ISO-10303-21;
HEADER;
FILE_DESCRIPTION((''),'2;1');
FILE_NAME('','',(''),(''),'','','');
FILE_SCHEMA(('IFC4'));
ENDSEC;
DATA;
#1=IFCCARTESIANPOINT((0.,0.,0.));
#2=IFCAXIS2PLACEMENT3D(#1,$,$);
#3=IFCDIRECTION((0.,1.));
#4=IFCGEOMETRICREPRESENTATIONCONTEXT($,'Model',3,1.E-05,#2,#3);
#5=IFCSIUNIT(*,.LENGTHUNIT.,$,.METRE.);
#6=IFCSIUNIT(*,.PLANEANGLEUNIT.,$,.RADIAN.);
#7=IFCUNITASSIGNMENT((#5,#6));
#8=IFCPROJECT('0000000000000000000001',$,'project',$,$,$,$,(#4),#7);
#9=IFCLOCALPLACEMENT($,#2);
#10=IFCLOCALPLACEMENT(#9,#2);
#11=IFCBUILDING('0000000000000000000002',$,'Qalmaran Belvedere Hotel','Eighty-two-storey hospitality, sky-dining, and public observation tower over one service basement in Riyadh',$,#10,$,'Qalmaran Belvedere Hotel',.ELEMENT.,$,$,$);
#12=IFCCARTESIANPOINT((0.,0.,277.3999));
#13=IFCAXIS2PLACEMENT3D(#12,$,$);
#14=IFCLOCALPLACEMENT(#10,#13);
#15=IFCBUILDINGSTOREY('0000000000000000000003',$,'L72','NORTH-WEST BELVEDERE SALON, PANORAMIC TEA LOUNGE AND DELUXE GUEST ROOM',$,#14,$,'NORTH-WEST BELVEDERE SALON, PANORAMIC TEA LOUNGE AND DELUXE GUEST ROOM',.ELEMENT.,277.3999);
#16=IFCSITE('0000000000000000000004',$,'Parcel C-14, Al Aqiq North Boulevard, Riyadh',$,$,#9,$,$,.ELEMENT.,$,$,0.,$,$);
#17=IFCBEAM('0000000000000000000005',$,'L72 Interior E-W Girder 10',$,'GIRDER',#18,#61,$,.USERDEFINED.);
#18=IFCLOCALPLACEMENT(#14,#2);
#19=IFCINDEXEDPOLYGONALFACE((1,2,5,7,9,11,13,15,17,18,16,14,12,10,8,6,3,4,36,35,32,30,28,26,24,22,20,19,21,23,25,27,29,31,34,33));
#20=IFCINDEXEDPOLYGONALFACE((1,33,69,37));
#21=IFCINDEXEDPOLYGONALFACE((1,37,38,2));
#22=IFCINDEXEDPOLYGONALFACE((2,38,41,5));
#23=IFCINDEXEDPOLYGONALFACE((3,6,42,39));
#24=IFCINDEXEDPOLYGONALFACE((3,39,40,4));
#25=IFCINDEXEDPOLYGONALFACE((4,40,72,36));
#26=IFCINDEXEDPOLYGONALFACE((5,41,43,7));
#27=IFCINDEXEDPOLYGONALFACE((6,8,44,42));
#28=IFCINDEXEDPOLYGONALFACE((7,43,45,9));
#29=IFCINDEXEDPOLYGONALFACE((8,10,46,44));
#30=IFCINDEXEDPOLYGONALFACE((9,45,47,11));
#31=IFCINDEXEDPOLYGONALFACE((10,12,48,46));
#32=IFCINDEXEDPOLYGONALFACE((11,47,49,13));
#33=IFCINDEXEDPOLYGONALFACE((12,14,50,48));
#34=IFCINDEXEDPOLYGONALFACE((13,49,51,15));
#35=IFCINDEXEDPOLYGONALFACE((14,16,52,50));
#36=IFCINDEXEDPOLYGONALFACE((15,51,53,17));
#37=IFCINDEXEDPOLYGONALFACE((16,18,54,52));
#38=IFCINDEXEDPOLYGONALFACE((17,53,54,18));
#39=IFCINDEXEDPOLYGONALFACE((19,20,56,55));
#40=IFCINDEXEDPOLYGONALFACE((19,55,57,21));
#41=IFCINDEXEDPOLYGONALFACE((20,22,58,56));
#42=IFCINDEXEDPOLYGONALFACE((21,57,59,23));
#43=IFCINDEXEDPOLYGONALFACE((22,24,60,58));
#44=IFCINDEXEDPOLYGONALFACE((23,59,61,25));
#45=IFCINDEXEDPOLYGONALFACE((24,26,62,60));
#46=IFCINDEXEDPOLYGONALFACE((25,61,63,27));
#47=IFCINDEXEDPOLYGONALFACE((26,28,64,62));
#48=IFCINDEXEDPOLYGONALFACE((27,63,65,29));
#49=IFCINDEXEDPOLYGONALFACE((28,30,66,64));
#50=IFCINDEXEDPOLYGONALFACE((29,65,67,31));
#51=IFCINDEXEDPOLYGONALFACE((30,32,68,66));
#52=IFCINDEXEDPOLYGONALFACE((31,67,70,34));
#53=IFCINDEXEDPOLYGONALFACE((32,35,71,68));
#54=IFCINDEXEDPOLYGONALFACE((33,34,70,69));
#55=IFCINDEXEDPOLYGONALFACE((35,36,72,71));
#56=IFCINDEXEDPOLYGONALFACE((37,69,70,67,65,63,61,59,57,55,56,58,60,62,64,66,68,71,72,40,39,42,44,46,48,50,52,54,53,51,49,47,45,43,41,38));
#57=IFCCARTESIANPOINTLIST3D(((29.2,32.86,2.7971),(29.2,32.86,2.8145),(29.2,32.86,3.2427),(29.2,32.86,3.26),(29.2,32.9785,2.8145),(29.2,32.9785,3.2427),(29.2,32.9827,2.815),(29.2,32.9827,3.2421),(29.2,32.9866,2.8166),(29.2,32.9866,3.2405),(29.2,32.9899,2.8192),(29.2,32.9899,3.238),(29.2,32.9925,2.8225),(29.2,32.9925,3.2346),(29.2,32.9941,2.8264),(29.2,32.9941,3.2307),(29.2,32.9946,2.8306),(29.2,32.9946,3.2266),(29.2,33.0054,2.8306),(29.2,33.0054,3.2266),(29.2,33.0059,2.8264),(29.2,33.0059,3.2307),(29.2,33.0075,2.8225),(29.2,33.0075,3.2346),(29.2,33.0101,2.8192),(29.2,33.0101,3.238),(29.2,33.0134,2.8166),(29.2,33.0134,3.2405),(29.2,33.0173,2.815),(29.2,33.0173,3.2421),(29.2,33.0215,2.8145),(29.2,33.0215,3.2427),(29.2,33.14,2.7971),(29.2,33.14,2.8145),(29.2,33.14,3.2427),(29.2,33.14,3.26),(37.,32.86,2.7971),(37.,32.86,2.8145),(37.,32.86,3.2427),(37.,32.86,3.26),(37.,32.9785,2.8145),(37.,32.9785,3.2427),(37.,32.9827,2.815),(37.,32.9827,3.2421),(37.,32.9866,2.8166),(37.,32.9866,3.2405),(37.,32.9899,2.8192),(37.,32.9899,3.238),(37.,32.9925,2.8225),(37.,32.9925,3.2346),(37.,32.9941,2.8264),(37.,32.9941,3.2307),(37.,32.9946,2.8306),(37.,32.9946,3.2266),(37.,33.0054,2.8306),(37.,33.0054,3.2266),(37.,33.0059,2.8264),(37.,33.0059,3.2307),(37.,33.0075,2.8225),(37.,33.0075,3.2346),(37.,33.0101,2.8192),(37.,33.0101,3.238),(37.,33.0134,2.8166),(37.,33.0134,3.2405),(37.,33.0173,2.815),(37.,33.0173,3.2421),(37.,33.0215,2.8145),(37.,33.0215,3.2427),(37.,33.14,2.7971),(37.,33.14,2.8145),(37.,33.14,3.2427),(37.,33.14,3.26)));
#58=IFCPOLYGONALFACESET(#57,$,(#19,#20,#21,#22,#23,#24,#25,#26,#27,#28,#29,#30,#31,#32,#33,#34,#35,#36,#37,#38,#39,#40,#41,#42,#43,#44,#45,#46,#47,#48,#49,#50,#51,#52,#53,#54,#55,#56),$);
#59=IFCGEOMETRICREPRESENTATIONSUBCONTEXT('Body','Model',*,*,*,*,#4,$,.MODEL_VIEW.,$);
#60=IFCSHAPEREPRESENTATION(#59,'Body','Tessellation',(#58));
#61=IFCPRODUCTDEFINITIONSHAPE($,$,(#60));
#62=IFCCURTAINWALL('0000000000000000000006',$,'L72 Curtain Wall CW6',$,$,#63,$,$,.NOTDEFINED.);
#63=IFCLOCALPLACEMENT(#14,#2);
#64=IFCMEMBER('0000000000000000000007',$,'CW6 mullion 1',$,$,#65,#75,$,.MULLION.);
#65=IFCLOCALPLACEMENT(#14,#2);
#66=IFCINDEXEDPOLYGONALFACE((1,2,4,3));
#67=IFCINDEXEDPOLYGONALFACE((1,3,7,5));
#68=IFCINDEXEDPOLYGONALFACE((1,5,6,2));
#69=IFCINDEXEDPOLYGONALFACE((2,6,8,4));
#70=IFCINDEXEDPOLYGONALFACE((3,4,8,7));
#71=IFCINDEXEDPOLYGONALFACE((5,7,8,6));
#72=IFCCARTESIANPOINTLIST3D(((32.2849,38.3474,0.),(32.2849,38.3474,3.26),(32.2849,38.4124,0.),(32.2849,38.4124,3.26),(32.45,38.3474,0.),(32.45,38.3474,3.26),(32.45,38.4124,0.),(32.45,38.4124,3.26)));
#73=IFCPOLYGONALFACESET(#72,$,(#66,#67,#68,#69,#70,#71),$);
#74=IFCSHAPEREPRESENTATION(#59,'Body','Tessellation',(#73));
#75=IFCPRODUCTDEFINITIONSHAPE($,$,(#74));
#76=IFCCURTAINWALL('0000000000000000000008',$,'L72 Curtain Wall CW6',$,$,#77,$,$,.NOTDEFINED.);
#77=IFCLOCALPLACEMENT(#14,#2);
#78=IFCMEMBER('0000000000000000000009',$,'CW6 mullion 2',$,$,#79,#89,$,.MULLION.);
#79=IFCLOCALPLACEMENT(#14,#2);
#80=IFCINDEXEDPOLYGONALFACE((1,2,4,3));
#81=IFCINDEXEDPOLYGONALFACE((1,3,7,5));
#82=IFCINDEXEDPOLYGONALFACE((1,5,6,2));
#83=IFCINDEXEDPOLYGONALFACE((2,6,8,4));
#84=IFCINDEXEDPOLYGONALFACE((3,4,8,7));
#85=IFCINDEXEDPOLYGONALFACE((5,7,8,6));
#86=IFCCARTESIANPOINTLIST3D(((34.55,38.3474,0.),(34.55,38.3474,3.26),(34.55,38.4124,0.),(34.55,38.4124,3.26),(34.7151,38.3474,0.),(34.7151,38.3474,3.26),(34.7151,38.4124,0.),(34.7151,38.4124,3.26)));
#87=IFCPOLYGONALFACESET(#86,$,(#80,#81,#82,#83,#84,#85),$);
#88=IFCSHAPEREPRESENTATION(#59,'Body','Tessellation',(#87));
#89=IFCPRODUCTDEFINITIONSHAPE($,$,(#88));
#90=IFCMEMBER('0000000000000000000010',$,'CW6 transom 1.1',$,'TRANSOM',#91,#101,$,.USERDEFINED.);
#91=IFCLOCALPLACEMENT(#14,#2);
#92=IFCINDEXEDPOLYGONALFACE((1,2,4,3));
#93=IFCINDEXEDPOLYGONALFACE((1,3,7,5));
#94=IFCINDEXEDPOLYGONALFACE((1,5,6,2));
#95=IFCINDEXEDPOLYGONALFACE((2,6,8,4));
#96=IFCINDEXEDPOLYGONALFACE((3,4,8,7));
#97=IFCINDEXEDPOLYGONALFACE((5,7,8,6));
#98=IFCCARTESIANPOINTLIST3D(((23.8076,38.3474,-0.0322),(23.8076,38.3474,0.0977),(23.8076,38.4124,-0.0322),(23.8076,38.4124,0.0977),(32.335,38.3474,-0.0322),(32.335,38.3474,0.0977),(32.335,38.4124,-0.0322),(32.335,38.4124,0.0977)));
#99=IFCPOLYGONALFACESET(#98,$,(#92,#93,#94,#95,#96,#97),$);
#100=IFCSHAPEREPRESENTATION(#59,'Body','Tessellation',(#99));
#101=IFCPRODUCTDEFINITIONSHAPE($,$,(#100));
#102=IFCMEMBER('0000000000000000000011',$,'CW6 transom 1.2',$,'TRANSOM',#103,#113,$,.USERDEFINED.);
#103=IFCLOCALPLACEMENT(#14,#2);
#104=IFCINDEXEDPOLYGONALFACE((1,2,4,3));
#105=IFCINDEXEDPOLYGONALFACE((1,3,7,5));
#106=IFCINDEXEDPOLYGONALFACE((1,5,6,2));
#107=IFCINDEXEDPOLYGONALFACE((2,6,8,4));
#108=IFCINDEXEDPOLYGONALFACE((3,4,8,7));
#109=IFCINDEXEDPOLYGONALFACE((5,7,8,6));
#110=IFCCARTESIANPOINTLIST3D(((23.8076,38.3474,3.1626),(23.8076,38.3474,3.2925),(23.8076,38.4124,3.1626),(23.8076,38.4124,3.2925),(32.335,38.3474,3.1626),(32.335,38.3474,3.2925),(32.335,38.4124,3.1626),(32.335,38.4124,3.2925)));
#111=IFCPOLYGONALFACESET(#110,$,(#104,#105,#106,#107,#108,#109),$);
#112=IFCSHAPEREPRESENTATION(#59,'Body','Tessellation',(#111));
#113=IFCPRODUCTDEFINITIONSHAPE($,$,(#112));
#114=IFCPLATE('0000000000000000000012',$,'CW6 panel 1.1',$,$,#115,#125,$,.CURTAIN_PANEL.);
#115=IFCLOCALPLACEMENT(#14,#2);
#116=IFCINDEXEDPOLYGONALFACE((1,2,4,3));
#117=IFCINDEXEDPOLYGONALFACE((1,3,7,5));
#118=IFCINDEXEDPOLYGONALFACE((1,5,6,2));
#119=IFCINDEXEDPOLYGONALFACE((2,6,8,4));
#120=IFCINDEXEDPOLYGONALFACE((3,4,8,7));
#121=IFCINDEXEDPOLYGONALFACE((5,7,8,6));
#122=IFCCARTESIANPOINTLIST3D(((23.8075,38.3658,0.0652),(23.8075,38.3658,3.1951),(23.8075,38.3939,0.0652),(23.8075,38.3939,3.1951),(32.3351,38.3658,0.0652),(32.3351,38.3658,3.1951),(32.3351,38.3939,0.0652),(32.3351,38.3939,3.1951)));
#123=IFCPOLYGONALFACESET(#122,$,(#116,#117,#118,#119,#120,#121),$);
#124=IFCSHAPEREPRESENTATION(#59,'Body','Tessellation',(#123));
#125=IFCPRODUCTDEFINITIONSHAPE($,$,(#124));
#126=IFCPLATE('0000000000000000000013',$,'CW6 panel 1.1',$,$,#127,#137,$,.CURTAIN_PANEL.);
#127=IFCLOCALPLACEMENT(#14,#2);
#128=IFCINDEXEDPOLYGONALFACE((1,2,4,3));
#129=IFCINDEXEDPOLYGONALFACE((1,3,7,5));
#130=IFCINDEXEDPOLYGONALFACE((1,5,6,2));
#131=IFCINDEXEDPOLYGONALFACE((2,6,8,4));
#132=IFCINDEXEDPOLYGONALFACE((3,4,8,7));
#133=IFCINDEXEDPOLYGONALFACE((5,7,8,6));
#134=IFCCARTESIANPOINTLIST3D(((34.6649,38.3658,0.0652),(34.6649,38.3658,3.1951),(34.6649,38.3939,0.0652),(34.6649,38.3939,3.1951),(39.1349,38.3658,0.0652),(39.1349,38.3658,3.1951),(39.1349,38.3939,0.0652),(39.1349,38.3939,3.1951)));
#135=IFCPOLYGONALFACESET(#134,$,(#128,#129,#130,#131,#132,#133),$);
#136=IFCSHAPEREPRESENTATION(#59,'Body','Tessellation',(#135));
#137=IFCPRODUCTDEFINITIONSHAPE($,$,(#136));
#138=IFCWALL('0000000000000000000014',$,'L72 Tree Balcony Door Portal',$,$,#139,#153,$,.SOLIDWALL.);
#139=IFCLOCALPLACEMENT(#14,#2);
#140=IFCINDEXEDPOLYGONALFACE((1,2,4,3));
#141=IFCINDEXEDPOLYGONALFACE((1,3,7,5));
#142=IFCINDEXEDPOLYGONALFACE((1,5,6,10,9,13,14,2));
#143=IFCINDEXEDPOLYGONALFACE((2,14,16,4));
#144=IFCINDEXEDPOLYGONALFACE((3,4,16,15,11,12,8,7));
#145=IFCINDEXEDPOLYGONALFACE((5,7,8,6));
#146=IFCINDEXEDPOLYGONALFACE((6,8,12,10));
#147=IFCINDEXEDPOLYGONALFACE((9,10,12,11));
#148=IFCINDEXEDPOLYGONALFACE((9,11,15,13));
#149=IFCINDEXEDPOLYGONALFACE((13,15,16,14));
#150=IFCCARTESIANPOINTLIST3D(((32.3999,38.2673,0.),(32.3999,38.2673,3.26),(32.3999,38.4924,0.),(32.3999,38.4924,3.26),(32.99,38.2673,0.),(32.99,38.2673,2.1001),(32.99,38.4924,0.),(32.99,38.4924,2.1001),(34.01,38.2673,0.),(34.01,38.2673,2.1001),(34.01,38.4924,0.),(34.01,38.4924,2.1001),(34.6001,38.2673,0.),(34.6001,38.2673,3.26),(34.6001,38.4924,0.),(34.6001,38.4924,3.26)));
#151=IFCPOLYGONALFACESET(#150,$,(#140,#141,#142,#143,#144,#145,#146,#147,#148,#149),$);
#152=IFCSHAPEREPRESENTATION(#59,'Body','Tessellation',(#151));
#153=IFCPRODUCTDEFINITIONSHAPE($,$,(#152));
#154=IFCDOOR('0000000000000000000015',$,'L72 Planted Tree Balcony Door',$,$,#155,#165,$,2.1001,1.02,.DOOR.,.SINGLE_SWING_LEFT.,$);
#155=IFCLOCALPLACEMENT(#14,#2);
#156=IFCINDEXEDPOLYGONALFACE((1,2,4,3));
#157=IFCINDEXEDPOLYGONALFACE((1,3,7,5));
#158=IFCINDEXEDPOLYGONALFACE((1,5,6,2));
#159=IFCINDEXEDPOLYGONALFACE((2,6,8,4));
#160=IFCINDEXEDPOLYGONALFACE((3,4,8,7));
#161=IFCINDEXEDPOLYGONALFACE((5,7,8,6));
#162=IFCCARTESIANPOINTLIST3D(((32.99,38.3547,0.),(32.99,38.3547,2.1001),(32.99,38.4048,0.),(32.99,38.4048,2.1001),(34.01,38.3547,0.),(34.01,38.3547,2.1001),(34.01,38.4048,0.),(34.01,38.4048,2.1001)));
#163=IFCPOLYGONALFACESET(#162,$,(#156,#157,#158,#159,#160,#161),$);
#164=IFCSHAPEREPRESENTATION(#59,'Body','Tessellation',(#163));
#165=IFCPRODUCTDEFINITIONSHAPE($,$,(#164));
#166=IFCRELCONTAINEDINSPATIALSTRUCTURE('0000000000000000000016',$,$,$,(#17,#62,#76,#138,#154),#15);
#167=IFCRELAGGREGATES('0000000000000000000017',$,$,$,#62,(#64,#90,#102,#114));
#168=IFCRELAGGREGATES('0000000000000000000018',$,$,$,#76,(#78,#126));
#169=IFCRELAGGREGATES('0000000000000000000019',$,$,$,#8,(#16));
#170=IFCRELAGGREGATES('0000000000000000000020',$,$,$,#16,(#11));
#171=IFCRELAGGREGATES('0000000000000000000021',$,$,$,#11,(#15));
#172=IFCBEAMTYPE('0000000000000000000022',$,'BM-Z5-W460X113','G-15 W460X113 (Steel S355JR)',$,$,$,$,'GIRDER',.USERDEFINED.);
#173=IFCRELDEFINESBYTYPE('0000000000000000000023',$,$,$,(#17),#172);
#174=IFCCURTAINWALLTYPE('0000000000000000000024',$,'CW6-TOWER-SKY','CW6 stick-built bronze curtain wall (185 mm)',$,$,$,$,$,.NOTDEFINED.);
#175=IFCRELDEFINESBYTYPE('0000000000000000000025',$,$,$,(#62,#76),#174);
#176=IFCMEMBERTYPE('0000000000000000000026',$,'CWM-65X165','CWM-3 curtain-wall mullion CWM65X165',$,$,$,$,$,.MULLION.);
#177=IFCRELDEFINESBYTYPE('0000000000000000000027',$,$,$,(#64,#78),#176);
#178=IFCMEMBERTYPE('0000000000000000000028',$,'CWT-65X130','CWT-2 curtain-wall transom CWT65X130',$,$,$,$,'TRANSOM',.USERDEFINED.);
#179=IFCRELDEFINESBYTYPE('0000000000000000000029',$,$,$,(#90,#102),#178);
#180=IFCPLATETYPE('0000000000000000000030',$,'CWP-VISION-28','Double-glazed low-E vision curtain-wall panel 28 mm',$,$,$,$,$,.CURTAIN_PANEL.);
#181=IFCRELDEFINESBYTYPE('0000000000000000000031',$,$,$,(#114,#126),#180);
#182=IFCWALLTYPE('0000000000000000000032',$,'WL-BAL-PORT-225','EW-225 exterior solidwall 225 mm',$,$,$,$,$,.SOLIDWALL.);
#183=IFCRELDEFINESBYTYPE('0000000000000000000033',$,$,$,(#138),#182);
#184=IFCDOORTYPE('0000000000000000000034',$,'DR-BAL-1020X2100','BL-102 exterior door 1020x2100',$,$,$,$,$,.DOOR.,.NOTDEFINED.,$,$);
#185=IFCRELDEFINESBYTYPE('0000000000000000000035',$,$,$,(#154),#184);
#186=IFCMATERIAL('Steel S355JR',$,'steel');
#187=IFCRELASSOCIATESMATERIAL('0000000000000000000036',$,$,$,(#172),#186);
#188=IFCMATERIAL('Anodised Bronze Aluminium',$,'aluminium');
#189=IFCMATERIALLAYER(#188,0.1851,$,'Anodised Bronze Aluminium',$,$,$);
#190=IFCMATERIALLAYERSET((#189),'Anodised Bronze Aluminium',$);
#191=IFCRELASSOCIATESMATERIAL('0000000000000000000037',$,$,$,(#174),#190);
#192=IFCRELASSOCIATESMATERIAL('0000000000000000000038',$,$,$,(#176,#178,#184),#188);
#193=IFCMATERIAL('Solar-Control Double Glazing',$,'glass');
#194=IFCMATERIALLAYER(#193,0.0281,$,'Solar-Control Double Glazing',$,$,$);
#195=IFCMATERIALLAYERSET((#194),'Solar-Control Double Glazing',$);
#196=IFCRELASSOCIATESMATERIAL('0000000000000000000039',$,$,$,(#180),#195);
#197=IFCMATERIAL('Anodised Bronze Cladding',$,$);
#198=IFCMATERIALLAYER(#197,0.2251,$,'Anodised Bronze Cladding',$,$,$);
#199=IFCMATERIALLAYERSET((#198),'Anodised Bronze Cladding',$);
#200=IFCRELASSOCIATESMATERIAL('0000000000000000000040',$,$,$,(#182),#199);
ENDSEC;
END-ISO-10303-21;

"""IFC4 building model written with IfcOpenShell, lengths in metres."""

from ifc_helpers import new_model, si_unit, direction, frame, frame_2d, origin, origin_2d, place, context, subcontext, project, spatial, rectangle, i_section, extrude, material, layer, layer_set, material_profile, profile_set, type_object, element, fill, aggregate, save


model = new_model("IFC4")

# Units and contexts
model_context = context("Model", 3, precision=1e-05, world=origin(), true_north=direction((0.0, 1.0)))
body_context = subcontext(model_context, "Body", "Model", "MODEL_VIEW")
ifc_project = project(units=[si_unit("LENGTHUNIT", "METRE"), si_unit("PLANEANGLEUNIT", "RADIAN")], contexts=[model_context])

# Site, building, storey
site_placement = place(None, origin())
site = spatial("IfcSite", under=ifc_project, at=site_placement, Name="Parcel C-14, Al Aqiq North Boulevard, Riyadh", CompositionType="ELEMENT", RefElevation=0.0)
building_placement = place(site_placement, origin())
building = spatial("IfcBuilding", under=site, at=building_placement, Name="Qalmaran Belvedere Hotel", Description="Eighty-two-storey hospitality, sky-dining, and public observation tower over one service basement in Riyadh", LongName="Qalmaran Belvedere Hotel", CompositionType="ELEMENT")
storey_placement = place(building_placement, frame((0.0, 0.0, 277.3999)))
storey = spatial("IfcBuildingStorey", under=building, at=storey_placement, Name="L72", Description="NORTH-WEST BELVEDERE SALON, PANORAMIC TEA LOUNGE AND DELUXE GUEST ROOM", LongName="NORTH-WEST BELVEDERE SALON, PANORAMIC TEA LOUNGE AND DELUXE GUEST ROOM", CompositionType="ELEMENT", Elevation=277.3999)

# Beam
ifc_material_1 = material(Name="Steel S355JR", Category="steel")
ifc_material_profile_1 = material_profile(ifc_material_1, i_section(OverallWidth=0.28, OverallDepth=0.4629, WebThickness=0.0107, FlangeThickness=0.0173, FilletRadius=0.0161, at=origin_2d()), Name="W460X113")
ifc_profile_set_1 = profile_set([ifc_material_profile_1], Name="Steel S355JR")
beam_type_1 = type_object("IfcBeamType", Name="BM-Z5-W460X113", Description="G-15 W460X113 (Steel S355JR)", ElementType="GIRDER", PredefinedType="USERDEFINED", material=ifc_profile_set_1)
for number, where, z_axis, x_axis, name in (
    (1, (29.2, 33.0, 3.0286), (1.0, 0.0, 0.0), (0.0, 1.0, 0.0), "L72 Interior E-W Girder 10"),
):
    element("IfcBeam", number, at=place(storey_placement, frame(where, z_axis=z_axis, x_axis=x_axis)), inside=storey, type_object=beam_type_1, Name=name, ObjectType="GIRDER", PredefinedType="USERDEFINED", context=body_context, shape_type="SweptSolid", body=[
        extrude(i_section(OverallWidth=0.28, OverallDepth=0.4629, WebThickness=0.0107, FlangeThickness=0.0173, FilletRadius=0.0161, at=origin_2d()), origin(), (0.0, 0.0, 1.0), 7.8),
    ])

# Curtain walls, members
ifc_material_2 = material(Name="Anodised Bronze Aluminium", Category="aluminium")
ifc_layer_1 = layer(ifc_material_2, 0.1851, Name="Anodised Bronze Aluminium")
ifc_layer_set_1 = layer_set([ifc_layer_1], Name="Anodised Bronze Aluminium")
curtain_wall_type = type_object("IfcCurtainWallType", Name="CW6-TOWER-SKY", Description="CW6 stick-built bronze curtain wall (185 mm)", PredefinedType="NOTDEFINED", material=ifc_layer_set_1)
curtain_wall_1_placement = place(storey_placement, origin())
curtain_wall_1 = element("IfcCurtainWall", 2, at=curtain_wall_1_placement, inside=storey, type_object=curtain_wall_type, Name="L72 Curtain Wall CW6", PredefinedType="NOTDEFINED")
ifc_material_profile_2 = material_profile(ifc_material_2, rectangle(XDim=0.0649, YDim=0.165, at=origin_2d()), Name="CWM65X165")
ifc_profile_set_2 = profile_set([ifc_material_profile_2], Name="Anodised Bronze Aluminium")
member_type_1 = type_object("IfcMemberType", Name="CWM-65X165", Description="CWM-3 curtain-wall mullion CWM65X165", PredefinedType="MULLION", material=ifc_profile_set_2)
member_1_placement = place(storey_placement, frame((32.3674, 38.3799, 0.0), z_axis=(0.0, 0.0, 1.0), x_axis=(0.0, -1.0, 0.0)))
member_1 = element("IfcMember", 3, at=member_1_placement, type_object=member_type_1, Name="CW6 mullion 1", PredefinedType="MULLION", context=body_context, shape_type="SweptSolid", body=[
    extrude(rectangle(XDim=0.0649, YDim=0.165, at=origin_2d()), origin(), (0.0, 0.0, 1.0), 3.26),
])
curtain_wall_2_placement = place(storey_placement, origin())
curtain_wall_2 = element("IfcCurtainWall", 4, at=curtain_wall_2_placement, inside=storey, type_object=curtain_wall_type, Name="L72 Curtain Wall CW6", PredefinedType="NOTDEFINED")
member_2_placement = place(storey_placement, frame((34.6326, 38.3799, 0.0), z_axis=(0.0, 0.0, 1.0), x_axis=(0.0, -1.0, 0.0)))
member_2 = element("IfcMember", 5, at=member_2_placement, type_object=member_type_1, Name="CW6 mullion 2", PredefinedType="MULLION", context=body_context, shape_type="SweptSolid", body=[
    extrude(rectangle(XDim=0.0649, YDim=0.165, at=origin_2d()), origin(), (0.0, 0.0, 1.0), 3.26),
])

# Members
ifc_material_profile_3 = material_profile(ifc_material_2, rectangle(XDim=0.0649, YDim=0.1299, at=origin_2d()), Name="CWT65X130")
ifc_profile_set_3 = profile_set([ifc_material_profile_3], Name="Anodised Bronze Aluminium")
member_type_2 = type_object("IfcMemberType", Name="CWT-65X130", Description="CWT-2 curtain-wall transom CWT65X130", ElementType="TRANSOM", PredefinedType="USERDEFINED", material=ifc_profile_set_3)
member_3_placement = place(storey_placement, frame((32.335, 38.3799, 0.0327), z_axis=(-1.0, 0.0, 0.0), x_axis=(0.0, -1.0, 0.0)))
member_3 = element("IfcMember", 6, at=member_3_placement, type_object=member_type_2, Name="CW6 transom 1.1", ObjectType="TRANSOM", PredefinedType="USERDEFINED", context=body_context, shape_type="SweptSolid", body=[
    extrude(rectangle(XDim=0.0649, YDim=0.1299, at=origin_2d()), origin(), (0.0, 0.0, 1.0), 8.5273),
])
member_4_placement = place(storey_placement, frame((32.335, 38.3799, 3.2275), z_axis=(-1.0, 0.0, 0.0), x_axis=(0.0, -1.0, 0.0)))
member_4 = element("IfcMember", 7, at=member_4_placement, type_object=member_type_2, Name="CW6 transom 1.2", ObjectType="TRANSOM", PredefinedType="USERDEFINED", context=body_context, shape_type="SweptSolid", body=[
    extrude(rectangle(XDim=0.0649, YDim=0.1299, at=origin_2d()), origin(), (0.0, 0.0, 1.0), 8.5273),
])

# Plates
ifc_material_3 = material(Name="Solar-Control Double Glazing", Category="glass")
ifc_layer_2 = layer(ifc_material_3, 0.0281, Name="Solar-Control Double Glazing")
ifc_layer_set_2 = layer_set([ifc_layer_2], Name="Solar-Control Double Glazing")
plate_type = type_object("IfcPlateType", Name="CWP-VISION-28", Description="Double-glazed low-E vision curtain-wall panel 28 mm", PredefinedType="CURTAIN_PANEL", material=ifc_layer_set_2)
plate_1_placement = place(storey_placement, frame((28.0713, 38.3799, 0.0652), z_axis=(0.0, 0.0, 1.0), x_axis=(-1.0, 0.0, 0.0)))
plate_1 = element("IfcPlate", 8, at=plate_1_placement, type_object=plate_type, Name="CW6 panel 1.1", PredefinedType="CURTAIN_PANEL", context=body_context, shape_type="SweptSolid", body=[
    extrude(rectangle(XDim=8.5276, YDim=0.0281, at=origin_2d()), origin(), (0.0, 0.0, 1.0), 3.1299),
])
aggregate(curtain_wall_1, [member_1, member_3, member_4, plate_1])
plate_2_placement = place(storey_placement, frame((36.8999, 38.3799, 0.0652), z_axis=(0.0, 0.0, 1.0), x_axis=(-1.0, 0.0, 0.0)))
plate_2 = element("IfcPlate", 9, at=plate_2_placement, type_object=plate_type, Name="CW6 panel 1.1", PredefinedType="CURTAIN_PANEL", context=body_context, shape_type="SweptSolid", body=[
    extrude(rectangle(XDim=4.47, YDim=0.0281, at=origin_2d()), origin(), (0.0, 0.0, 1.0), 3.1299),
])
aggregate(curtain_wall_2, [member_2, plate_2])

# Wall, opening, door
ifc_material_4 = material(Name="Anodised Bronze Cladding")
ifc_layer_3 = layer(ifc_material_4, 0.2251, Name="Anodised Bronze Cladding")
ifc_layer_set_3 = layer_set([ifc_layer_3], Name="Anodised Bronze Cladding")
wall_type_1 = type_object("IfcWallType", Name="WL-BAL-PORT-225", Description="EW-225 exterior solidwall 225 mm", PredefinedType="SOLIDWALL", material=ifc_layer_set_3)
wall_1_placement = place(storey_placement, frame((32.3999, 38.3799, 0.0), z_axis=(0.0, 0.0, 1.0), x_axis=(1.0, 0.0, 0.0)))
wall_1 = element("IfcWall", 10, at=wall_1_placement, inside=storey, type_object=wall_type_1, Name="L72 Tree Balcony Door Portal", PredefinedType="SOLIDWALL", context=body_context, shape_type="SweptSolid", body=[
    extrude(rectangle(XDim=2.2002, YDim=0.2251, at=frame_2d((1.1001, 0.0))), origin(), (0.0, 0.0, 1.0), 3.26),
])
opening_1_placement = place(wall_1_placement, frame((0.5901, 0.0, 0.0)))
opening_1 = element("IfcOpeningElement", 11, at=opening_1_placement, cuts=wall_1, PredefinedType="OPENING", context=body_context, shape_type="SweptSolid", body=[
    extrude(rectangle(XDim=1.02, YDim=2.1001, at=frame_2d((0.51, 1.05))), frame((0.0, 0.1226, 0.0), z_axis=(0.0, -1.0, 0.0), x_axis=(1.0, 0.0, 0.0)), (0.0, 0.0, 1.0), 0.2451),
])
door_type_1 = type_object("IfcDoorType", Name="DR-BAL-1020X2100", Description="BL-102 exterior door 1020x2100", OperationType="NOTDEFINED", PredefinedType="DOOR", material=ifc_material_2)
door_1_placement = place(opening_1_placement, origin())
door_1 = element("IfcDoor", 12, at=door_1_placement, inside=storey, type_object=door_type_1, Name="L72 Planted Tree Balcony Door", OperationType="SINGLE_SWING_LEFT", OverallHeight=2.1001, OverallWidth=1.02, PredefinedType="DOOR", context=body_context, shape_type="SweptSolid", body=[
    extrude(rectangle(XDim=1.02, YDim=2.1001, at=frame_2d((0.51, 1.05))), frame((0.0, 0.0249, 0.0), z_axis=(0.0, -1.0, 0.0), x_axis=(1.0, 0.0, 0.0)), (0.0, 0.0, 1.0), 0.05),
])
fill(opening_1, door_1)

save(model, "model.ifc")
